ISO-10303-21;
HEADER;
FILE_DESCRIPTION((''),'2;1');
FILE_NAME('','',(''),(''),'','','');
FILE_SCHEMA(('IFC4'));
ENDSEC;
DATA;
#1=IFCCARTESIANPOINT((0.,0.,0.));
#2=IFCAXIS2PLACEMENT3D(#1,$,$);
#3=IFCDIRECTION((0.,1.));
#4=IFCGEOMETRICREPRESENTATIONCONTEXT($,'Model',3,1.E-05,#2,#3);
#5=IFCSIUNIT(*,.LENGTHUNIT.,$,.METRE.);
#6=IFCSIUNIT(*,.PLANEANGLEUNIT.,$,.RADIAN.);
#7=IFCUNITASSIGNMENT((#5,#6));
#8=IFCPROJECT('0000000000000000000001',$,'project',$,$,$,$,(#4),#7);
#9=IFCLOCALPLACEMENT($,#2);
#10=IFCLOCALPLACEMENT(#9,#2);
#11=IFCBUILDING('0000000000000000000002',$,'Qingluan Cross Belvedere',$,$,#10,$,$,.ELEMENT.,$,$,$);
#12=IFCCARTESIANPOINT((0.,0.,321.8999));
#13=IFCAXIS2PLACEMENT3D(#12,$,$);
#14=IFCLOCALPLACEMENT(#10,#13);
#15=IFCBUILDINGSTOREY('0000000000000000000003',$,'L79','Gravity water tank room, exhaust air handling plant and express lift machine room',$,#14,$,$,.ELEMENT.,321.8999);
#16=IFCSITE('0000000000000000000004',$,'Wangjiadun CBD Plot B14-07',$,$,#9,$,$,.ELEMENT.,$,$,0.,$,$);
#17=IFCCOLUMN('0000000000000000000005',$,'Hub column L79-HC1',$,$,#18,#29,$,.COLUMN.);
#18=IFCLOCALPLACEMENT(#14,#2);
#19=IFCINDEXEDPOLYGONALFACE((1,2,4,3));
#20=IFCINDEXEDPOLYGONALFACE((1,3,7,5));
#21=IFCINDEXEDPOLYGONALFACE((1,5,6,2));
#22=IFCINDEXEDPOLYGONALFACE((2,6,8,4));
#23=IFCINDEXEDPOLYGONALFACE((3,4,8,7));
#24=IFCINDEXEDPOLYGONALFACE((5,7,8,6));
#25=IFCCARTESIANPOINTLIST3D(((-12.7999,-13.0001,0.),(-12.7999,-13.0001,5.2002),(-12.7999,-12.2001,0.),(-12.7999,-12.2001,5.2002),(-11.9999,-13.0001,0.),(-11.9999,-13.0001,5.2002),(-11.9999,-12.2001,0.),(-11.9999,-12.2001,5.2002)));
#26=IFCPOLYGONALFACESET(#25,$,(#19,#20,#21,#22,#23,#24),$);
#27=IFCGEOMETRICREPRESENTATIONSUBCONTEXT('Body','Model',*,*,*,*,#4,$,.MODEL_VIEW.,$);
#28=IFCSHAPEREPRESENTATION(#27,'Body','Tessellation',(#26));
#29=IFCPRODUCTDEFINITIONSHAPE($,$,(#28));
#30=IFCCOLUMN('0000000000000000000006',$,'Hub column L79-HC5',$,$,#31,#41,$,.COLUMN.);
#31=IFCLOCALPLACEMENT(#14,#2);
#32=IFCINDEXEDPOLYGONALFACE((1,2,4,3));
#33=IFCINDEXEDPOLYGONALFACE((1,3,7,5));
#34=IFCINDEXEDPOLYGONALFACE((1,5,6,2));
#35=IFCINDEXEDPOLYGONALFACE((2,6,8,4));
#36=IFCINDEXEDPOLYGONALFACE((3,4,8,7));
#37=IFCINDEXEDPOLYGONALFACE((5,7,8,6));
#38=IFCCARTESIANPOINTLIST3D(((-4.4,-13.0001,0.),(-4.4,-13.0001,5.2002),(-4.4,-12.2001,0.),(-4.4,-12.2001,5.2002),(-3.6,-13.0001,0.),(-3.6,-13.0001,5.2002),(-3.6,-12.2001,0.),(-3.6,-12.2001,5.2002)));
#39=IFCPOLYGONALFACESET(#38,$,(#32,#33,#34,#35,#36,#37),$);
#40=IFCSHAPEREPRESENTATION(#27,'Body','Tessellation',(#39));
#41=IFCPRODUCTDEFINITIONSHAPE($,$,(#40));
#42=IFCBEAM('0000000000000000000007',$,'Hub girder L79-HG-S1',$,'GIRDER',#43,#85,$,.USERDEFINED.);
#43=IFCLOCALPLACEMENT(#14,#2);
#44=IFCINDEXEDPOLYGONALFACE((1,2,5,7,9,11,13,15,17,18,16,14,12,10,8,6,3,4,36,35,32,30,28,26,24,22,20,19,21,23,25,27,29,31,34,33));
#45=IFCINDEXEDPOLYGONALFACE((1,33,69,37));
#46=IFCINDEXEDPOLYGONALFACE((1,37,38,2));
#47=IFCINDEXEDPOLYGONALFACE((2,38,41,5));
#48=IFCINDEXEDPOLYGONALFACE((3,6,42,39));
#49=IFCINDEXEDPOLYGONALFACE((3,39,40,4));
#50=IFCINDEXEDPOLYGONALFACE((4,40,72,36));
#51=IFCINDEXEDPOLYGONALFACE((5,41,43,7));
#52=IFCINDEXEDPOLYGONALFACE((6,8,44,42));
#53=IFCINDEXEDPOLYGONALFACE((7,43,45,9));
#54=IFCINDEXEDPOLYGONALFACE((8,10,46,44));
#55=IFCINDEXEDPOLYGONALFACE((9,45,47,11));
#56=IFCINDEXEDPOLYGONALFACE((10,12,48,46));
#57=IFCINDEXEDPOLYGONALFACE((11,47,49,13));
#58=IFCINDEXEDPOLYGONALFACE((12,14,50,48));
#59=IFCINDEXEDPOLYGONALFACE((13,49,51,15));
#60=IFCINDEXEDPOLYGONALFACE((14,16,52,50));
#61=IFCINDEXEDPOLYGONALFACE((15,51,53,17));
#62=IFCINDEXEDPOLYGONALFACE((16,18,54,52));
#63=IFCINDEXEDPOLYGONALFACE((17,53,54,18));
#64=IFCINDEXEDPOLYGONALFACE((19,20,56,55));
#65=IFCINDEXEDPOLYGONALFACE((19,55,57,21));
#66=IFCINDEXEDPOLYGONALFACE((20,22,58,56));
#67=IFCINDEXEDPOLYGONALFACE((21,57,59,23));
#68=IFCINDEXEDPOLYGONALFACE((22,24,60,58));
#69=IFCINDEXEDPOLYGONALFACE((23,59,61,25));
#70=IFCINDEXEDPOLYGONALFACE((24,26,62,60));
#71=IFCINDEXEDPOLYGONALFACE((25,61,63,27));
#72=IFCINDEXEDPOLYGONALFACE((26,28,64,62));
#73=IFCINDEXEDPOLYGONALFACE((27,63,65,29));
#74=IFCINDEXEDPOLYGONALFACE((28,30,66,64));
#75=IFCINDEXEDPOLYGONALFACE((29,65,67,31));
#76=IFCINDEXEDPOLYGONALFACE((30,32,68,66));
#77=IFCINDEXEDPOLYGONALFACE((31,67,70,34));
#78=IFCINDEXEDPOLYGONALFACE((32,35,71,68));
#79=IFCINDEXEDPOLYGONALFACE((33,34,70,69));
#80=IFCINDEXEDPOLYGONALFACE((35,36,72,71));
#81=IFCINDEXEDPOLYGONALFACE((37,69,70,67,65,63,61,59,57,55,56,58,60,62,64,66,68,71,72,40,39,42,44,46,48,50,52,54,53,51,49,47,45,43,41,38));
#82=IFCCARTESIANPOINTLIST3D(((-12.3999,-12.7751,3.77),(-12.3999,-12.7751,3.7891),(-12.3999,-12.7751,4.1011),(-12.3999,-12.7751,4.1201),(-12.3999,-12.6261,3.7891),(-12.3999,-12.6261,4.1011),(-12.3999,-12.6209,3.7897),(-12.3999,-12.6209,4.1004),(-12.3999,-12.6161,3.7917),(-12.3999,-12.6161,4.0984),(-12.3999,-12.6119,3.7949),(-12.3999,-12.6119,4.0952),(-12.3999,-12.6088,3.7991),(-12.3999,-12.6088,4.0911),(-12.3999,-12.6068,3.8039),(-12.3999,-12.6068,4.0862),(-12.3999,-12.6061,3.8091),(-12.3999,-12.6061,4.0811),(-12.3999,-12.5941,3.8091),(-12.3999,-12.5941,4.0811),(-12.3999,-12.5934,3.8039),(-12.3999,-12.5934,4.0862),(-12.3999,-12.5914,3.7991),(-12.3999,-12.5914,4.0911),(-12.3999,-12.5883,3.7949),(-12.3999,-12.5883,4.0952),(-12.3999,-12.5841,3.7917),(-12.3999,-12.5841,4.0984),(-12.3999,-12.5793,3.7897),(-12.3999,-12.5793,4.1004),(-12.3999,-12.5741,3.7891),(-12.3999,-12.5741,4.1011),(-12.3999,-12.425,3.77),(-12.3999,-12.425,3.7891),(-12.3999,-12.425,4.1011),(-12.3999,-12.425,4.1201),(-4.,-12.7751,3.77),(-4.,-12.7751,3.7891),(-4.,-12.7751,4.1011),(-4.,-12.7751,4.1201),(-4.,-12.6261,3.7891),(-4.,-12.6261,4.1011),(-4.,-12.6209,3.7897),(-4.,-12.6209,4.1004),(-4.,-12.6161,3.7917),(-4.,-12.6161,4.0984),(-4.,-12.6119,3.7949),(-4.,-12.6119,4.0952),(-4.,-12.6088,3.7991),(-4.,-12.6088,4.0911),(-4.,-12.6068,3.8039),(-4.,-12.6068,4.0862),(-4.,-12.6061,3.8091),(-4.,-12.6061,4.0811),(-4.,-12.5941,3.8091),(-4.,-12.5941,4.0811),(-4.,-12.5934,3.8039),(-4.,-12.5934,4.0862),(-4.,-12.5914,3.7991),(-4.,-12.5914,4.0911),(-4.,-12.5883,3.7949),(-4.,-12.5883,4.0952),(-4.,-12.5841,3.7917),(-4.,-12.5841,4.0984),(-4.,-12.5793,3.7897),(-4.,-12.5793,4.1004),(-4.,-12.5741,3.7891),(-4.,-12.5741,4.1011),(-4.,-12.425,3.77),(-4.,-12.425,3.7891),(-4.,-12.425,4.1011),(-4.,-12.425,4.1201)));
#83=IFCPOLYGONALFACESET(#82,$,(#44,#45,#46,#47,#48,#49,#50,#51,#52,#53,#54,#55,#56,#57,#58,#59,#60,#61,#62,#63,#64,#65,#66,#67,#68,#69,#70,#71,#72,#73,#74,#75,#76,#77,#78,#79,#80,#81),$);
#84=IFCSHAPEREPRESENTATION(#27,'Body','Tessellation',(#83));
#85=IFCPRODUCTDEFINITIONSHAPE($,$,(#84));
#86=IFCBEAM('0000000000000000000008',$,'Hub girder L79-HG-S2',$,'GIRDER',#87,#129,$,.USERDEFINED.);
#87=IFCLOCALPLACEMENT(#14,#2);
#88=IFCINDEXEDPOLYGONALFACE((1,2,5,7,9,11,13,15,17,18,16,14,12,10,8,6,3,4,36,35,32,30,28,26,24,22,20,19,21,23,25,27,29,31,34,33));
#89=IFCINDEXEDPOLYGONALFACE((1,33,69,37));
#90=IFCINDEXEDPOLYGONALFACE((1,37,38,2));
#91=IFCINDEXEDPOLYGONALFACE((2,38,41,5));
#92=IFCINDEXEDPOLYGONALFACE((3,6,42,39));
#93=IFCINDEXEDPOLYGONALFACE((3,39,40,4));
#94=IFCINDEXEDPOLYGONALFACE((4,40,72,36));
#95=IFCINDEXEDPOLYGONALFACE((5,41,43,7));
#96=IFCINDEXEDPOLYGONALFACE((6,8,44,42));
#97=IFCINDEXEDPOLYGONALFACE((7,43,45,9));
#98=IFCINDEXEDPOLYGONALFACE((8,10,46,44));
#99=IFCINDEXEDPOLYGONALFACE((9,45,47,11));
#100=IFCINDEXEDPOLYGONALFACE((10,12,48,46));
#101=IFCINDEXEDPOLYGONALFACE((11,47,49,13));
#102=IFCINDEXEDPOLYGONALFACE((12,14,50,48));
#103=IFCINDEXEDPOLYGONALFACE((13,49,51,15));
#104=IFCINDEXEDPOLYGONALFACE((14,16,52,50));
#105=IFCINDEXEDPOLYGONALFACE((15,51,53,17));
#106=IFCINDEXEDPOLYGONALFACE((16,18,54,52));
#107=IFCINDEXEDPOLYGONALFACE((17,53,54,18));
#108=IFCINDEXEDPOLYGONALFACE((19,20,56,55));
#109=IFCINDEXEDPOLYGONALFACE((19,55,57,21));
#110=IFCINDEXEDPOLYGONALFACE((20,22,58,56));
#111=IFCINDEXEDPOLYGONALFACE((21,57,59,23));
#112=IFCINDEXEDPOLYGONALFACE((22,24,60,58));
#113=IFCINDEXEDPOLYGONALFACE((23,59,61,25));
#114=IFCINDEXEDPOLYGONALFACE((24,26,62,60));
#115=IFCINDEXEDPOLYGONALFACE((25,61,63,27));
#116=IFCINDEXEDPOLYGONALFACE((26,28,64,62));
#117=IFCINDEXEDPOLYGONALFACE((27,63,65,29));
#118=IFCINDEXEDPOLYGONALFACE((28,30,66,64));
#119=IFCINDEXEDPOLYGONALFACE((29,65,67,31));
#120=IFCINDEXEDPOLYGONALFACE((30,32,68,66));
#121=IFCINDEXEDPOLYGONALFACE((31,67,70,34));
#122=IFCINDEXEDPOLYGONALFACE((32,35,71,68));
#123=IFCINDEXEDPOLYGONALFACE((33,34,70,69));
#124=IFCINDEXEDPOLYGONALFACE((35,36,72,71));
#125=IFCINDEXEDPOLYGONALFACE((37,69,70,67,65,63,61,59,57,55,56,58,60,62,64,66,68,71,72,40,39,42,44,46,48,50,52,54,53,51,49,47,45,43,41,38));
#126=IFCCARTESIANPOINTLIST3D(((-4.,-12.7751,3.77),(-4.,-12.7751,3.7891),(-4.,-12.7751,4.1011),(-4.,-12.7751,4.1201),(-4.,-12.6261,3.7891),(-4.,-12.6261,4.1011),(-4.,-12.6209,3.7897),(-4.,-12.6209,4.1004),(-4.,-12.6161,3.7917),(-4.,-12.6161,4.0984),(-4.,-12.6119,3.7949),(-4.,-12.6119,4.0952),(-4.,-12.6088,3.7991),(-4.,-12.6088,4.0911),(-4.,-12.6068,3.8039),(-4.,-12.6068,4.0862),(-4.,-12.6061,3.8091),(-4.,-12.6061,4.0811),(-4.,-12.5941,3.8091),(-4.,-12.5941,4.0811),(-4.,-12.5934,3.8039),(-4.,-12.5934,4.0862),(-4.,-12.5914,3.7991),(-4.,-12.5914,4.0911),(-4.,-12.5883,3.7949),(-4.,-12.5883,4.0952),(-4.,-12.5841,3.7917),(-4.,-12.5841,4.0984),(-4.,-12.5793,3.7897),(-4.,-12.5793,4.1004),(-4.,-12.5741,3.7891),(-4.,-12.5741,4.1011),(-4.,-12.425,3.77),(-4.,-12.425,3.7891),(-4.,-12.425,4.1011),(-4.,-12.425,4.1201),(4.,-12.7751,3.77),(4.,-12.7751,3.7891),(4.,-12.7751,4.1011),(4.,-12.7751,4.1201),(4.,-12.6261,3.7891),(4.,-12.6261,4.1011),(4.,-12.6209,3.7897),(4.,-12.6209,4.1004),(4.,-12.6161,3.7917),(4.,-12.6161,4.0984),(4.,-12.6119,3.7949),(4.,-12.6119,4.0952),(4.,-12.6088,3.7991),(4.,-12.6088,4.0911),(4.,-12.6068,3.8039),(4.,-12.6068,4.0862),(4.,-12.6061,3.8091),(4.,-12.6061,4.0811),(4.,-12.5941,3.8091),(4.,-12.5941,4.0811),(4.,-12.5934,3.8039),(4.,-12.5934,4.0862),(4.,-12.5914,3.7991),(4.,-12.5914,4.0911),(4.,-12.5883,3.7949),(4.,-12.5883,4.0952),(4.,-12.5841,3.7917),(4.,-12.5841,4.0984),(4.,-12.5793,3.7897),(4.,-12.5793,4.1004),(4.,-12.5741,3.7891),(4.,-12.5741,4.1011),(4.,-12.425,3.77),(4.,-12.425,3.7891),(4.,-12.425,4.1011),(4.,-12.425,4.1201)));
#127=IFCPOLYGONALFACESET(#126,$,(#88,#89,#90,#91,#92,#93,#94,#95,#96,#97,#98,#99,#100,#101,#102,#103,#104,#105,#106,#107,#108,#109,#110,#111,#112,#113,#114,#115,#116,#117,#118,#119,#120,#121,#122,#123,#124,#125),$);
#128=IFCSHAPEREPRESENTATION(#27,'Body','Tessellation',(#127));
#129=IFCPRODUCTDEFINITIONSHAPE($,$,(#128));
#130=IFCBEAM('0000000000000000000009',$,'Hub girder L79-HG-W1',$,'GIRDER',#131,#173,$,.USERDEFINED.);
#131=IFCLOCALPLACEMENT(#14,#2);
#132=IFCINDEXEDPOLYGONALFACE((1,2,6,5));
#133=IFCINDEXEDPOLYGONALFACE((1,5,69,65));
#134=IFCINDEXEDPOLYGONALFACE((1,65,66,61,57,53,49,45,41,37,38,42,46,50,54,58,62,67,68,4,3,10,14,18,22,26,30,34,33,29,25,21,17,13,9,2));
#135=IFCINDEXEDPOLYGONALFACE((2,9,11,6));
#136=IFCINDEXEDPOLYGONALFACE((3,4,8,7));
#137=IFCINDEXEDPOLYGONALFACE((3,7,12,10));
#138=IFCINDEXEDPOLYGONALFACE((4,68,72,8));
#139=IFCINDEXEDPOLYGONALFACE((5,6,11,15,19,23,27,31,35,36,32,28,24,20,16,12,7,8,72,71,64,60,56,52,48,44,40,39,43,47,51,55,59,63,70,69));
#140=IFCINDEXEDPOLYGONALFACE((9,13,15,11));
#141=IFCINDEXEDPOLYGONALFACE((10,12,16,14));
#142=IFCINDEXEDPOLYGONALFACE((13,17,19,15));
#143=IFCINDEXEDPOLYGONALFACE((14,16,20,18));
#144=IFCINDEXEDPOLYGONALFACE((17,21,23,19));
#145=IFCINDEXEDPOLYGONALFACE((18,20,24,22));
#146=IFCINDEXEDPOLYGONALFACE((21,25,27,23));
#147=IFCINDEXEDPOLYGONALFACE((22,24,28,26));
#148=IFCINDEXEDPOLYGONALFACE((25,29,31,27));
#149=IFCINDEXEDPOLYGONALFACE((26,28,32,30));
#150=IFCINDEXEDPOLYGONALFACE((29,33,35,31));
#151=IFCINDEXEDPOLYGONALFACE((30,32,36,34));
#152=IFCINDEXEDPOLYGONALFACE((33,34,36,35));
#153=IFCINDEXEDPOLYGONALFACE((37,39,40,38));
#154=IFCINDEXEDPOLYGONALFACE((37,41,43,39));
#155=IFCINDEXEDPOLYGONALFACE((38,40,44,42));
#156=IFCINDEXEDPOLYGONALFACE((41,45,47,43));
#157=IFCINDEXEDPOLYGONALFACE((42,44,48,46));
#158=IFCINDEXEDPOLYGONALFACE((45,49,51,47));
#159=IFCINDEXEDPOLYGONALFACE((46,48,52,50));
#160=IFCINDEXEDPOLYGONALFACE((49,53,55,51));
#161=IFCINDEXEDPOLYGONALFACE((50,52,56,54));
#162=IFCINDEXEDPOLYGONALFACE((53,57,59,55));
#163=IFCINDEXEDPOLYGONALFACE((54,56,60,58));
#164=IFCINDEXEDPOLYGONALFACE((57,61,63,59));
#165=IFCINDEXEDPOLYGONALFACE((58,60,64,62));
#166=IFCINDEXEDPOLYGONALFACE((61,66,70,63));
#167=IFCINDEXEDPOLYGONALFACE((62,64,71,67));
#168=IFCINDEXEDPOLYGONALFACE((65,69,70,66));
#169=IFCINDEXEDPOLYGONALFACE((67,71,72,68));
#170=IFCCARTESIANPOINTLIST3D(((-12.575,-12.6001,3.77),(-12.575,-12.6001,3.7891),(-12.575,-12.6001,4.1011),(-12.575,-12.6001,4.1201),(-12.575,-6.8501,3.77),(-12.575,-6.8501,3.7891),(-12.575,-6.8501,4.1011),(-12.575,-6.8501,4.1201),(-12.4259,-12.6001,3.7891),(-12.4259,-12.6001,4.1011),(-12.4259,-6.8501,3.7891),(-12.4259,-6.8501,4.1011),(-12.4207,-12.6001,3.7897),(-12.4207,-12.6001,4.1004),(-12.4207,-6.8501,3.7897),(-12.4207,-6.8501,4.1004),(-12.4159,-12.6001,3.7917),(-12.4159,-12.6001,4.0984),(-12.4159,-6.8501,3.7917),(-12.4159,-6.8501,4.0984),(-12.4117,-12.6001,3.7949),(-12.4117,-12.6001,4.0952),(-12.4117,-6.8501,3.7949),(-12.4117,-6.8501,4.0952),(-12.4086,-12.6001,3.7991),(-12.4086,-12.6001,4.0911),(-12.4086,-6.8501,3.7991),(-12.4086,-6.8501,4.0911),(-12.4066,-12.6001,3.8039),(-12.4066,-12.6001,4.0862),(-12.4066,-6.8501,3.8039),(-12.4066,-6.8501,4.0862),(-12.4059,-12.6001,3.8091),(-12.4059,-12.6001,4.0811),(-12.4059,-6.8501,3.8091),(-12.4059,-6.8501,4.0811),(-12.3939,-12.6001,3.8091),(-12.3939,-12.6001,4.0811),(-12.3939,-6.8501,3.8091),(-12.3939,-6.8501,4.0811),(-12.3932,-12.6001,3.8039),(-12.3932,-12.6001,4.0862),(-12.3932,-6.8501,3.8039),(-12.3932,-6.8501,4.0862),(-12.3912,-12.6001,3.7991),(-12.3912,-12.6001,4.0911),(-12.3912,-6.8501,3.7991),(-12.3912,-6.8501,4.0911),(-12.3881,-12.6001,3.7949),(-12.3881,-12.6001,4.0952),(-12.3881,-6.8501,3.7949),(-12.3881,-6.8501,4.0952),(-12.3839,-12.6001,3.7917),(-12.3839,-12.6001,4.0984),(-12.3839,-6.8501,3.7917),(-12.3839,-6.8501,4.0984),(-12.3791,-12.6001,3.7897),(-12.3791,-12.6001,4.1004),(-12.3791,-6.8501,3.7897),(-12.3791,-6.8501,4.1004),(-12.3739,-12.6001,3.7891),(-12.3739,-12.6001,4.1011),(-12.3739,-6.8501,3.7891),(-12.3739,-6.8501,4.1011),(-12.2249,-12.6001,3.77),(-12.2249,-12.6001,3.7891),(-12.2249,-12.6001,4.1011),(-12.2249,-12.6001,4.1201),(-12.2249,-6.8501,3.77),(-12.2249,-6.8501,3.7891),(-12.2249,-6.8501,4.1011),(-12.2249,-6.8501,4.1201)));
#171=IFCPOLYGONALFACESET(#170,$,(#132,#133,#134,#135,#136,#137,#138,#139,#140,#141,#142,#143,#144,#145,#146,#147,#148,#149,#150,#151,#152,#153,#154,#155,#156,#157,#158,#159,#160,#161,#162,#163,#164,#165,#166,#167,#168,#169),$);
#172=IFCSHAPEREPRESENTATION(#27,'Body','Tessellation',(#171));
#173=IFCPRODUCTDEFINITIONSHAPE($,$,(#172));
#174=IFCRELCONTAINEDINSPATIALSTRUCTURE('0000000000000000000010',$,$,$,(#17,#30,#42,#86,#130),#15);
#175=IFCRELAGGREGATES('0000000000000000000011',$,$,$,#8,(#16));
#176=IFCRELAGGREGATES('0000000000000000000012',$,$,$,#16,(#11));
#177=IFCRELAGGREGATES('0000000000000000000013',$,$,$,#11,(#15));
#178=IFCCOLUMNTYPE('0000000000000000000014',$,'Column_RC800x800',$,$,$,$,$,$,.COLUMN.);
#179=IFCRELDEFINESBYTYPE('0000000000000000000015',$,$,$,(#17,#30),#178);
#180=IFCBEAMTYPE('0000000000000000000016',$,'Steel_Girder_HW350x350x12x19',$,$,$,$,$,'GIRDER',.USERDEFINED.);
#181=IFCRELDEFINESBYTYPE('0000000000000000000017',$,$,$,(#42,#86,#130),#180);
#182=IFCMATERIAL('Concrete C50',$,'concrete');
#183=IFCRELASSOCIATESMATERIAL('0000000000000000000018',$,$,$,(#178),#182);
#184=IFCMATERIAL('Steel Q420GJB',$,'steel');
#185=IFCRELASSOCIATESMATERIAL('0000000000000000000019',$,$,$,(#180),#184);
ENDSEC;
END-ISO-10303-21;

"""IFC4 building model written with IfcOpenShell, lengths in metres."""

from ifc_helpers import new_model, si_unit, direction, frame, origin, origin_2d, place, context, subcontext, project, spatial, rectangle, i_section, extrude, material, material_profile, profile_set, type_object, element, save


model = new_model("IFC4")

# Units and contexts
model_context = context("Model", 3, precision=1e-05, world=origin(), true_north=direction((0.0, 1.0)))
body_context = subcontext(model_context, "Body", "Model", "MODEL_VIEW")
ifc_project = project(units=[si_unit("LENGTHUNIT", "METRE"), si_unit("PLANEANGLEUNIT", "RADIAN")], contexts=[model_context])

# Site, building, storey
site_placement = place(None, origin())
site = spatial("IfcSite", under=ifc_project, at=site_placement, Name="Wangjiadun CBD Plot B14-07", CompositionType="ELEMENT", RefElevation=0.0)
building_placement = place(site_placement, origin())
building = spatial("IfcBuilding", under=site, at=building_placement, Name="Qingluan Cross Belvedere", CompositionType="ELEMENT")
storey_placement = place(building_placement, frame((0.0, 0.0, 321.8999)))
storey = spatial("IfcBuildingStorey", under=building, at=storey_placement, Name="L79", Description="Gravity water tank room, exhaust air handling plant and express lift machine room", CompositionType="ELEMENT", Elevation=321.8999)

# Columns
ifc_material_1 = material(Name="Concrete C50", Category="concrete")
ifc_material_profile_1 = material_profile(ifc_material_1, rectangle(XDim=0.8, YDim=0.8, at=origin_2d()), Name="RC800x800")
ifc_profile_set_1 = profile_set([ifc_material_profile_1], Name="Concrete C50")
column_type = type_object("IfcColumnType", Name="Column_RC800x800", PredefinedType="COLUMN", material=ifc_profile_set_1)
for number, where, z_axis, x_axis, name in (
    (1, (-12.3999, -12.6001, 0.0), (0.0, 0.0, 1.0), (1.0, 0.0, 0.0), "Hub column L79-HC1"),
    (2, (-4.0, -12.6001, 0.0), (0.0, 0.0, 1.0), (1.0, 0.0, 0.0), "Hub column L79-HC5"),
):
    element("IfcColumn", number, at=place(storey_placement, frame(where, z_axis=z_axis, x_axis=x_axis)), inside=storey, type_object=column_type, Name=name, PredefinedType="COLUMN", context=body_context, shape_type="SweptSolid", body=[
        extrude(rectangle(XDim=0.8, YDim=0.8, at=origin_2d()), origin(), (0.0, 0.0, 1.0), 5.2002),
    ])

# Beams
ifc_material_2 = material(Name="Steel Q420GJB", Category="steel")
ifc_material_profile_2 = material_profile(ifc_material_2, i_section(OverallWidth=0.3501, OverallDepth=0.3501, WebThickness=0.012, FlangeThickness=0.019, FilletRadius=0.02, at=origin_2d()), Name="HW350x350x12x19")
ifc_profile_set_2 = profile_set([ifc_material_profile_2], Name="Steel Q420GJB")
beam_type = type_object("IfcBeamType", Name="Steel_Girder_HW350x350x12x19", ElementType="GIRDER", PredefinedType="USERDEFINED", material=ifc_profile_set_2)
beam_1_placement = place(storey_placement, frame((-12.3999, -12.6001, 3.9451), z_axis=(1.0, 0.0, 0.0), x_axis=(0.0, 1.0, 0.0)))
element("IfcBeam", 3, at=beam_1_placement, inside=storey, type_object=beam_type, Name="Hub girder L79-HG-S1", ObjectType="GIRDER", PredefinedType="USERDEFINED", context=body_context, shape_type="SweptSolid", body=[
    extrude(i_section(OverallWidth=0.3501, OverallDepth=0.3501, WebThickness=0.012, FlangeThickness=0.019, FilletRadius=0.02, at=origin_2d()), origin(), (0.0, 0.0, 1.0), 8.3999),
])
beam_2_placement = place(storey_placement, frame((-4.0, -12.6001, 3.9451), z_axis=(1.0, 0.0, 0.0), x_axis=(0.0, 1.0, 0.0)))
element("IfcBeam", 4, at=beam_2_placement, inside=storey, type_object=beam_type, Name="Hub girder L79-HG-S2", ObjectType="GIRDER", PredefinedType="USERDEFINED", context=body_context, shape_type="SweptSolid", body=[
    extrude(i_section(OverallWidth=0.3501, OverallDepth=0.3501, WebThickness=0.012, FlangeThickness=0.019, FilletRadius=0.02, at=origin_2d()), origin(), (0.0, 0.0, 1.0), 8.0),
])
for number, where, z_axis, x_axis, name in (
    (5, (-12.3999, -12.6001, 3.9451), (0.0, 1.0, 0.0), (-1.0, 0.0, 0.0), "Hub girder L79-HG-W1"),
):
    element("IfcBeam", number, at=place(storey_placement, frame(where, z_axis=z_axis, x_axis=x_axis)), inside=storey, type_object=beam_type, Name=name, ObjectType="GIRDER", PredefinedType="USERDEFINED", context=body_context, shape_type="SweptSolid", body=[
        extrude(i_section(OverallWidth=0.3501, OverallDepth=0.3501, WebThickness=0.012, FlangeThickness=0.019, FilletRadius=0.02, at=origin_2d()), origin(), (0.0, 0.0, 1.0), 5.75),
    ])

save(model, "model.ifc")
